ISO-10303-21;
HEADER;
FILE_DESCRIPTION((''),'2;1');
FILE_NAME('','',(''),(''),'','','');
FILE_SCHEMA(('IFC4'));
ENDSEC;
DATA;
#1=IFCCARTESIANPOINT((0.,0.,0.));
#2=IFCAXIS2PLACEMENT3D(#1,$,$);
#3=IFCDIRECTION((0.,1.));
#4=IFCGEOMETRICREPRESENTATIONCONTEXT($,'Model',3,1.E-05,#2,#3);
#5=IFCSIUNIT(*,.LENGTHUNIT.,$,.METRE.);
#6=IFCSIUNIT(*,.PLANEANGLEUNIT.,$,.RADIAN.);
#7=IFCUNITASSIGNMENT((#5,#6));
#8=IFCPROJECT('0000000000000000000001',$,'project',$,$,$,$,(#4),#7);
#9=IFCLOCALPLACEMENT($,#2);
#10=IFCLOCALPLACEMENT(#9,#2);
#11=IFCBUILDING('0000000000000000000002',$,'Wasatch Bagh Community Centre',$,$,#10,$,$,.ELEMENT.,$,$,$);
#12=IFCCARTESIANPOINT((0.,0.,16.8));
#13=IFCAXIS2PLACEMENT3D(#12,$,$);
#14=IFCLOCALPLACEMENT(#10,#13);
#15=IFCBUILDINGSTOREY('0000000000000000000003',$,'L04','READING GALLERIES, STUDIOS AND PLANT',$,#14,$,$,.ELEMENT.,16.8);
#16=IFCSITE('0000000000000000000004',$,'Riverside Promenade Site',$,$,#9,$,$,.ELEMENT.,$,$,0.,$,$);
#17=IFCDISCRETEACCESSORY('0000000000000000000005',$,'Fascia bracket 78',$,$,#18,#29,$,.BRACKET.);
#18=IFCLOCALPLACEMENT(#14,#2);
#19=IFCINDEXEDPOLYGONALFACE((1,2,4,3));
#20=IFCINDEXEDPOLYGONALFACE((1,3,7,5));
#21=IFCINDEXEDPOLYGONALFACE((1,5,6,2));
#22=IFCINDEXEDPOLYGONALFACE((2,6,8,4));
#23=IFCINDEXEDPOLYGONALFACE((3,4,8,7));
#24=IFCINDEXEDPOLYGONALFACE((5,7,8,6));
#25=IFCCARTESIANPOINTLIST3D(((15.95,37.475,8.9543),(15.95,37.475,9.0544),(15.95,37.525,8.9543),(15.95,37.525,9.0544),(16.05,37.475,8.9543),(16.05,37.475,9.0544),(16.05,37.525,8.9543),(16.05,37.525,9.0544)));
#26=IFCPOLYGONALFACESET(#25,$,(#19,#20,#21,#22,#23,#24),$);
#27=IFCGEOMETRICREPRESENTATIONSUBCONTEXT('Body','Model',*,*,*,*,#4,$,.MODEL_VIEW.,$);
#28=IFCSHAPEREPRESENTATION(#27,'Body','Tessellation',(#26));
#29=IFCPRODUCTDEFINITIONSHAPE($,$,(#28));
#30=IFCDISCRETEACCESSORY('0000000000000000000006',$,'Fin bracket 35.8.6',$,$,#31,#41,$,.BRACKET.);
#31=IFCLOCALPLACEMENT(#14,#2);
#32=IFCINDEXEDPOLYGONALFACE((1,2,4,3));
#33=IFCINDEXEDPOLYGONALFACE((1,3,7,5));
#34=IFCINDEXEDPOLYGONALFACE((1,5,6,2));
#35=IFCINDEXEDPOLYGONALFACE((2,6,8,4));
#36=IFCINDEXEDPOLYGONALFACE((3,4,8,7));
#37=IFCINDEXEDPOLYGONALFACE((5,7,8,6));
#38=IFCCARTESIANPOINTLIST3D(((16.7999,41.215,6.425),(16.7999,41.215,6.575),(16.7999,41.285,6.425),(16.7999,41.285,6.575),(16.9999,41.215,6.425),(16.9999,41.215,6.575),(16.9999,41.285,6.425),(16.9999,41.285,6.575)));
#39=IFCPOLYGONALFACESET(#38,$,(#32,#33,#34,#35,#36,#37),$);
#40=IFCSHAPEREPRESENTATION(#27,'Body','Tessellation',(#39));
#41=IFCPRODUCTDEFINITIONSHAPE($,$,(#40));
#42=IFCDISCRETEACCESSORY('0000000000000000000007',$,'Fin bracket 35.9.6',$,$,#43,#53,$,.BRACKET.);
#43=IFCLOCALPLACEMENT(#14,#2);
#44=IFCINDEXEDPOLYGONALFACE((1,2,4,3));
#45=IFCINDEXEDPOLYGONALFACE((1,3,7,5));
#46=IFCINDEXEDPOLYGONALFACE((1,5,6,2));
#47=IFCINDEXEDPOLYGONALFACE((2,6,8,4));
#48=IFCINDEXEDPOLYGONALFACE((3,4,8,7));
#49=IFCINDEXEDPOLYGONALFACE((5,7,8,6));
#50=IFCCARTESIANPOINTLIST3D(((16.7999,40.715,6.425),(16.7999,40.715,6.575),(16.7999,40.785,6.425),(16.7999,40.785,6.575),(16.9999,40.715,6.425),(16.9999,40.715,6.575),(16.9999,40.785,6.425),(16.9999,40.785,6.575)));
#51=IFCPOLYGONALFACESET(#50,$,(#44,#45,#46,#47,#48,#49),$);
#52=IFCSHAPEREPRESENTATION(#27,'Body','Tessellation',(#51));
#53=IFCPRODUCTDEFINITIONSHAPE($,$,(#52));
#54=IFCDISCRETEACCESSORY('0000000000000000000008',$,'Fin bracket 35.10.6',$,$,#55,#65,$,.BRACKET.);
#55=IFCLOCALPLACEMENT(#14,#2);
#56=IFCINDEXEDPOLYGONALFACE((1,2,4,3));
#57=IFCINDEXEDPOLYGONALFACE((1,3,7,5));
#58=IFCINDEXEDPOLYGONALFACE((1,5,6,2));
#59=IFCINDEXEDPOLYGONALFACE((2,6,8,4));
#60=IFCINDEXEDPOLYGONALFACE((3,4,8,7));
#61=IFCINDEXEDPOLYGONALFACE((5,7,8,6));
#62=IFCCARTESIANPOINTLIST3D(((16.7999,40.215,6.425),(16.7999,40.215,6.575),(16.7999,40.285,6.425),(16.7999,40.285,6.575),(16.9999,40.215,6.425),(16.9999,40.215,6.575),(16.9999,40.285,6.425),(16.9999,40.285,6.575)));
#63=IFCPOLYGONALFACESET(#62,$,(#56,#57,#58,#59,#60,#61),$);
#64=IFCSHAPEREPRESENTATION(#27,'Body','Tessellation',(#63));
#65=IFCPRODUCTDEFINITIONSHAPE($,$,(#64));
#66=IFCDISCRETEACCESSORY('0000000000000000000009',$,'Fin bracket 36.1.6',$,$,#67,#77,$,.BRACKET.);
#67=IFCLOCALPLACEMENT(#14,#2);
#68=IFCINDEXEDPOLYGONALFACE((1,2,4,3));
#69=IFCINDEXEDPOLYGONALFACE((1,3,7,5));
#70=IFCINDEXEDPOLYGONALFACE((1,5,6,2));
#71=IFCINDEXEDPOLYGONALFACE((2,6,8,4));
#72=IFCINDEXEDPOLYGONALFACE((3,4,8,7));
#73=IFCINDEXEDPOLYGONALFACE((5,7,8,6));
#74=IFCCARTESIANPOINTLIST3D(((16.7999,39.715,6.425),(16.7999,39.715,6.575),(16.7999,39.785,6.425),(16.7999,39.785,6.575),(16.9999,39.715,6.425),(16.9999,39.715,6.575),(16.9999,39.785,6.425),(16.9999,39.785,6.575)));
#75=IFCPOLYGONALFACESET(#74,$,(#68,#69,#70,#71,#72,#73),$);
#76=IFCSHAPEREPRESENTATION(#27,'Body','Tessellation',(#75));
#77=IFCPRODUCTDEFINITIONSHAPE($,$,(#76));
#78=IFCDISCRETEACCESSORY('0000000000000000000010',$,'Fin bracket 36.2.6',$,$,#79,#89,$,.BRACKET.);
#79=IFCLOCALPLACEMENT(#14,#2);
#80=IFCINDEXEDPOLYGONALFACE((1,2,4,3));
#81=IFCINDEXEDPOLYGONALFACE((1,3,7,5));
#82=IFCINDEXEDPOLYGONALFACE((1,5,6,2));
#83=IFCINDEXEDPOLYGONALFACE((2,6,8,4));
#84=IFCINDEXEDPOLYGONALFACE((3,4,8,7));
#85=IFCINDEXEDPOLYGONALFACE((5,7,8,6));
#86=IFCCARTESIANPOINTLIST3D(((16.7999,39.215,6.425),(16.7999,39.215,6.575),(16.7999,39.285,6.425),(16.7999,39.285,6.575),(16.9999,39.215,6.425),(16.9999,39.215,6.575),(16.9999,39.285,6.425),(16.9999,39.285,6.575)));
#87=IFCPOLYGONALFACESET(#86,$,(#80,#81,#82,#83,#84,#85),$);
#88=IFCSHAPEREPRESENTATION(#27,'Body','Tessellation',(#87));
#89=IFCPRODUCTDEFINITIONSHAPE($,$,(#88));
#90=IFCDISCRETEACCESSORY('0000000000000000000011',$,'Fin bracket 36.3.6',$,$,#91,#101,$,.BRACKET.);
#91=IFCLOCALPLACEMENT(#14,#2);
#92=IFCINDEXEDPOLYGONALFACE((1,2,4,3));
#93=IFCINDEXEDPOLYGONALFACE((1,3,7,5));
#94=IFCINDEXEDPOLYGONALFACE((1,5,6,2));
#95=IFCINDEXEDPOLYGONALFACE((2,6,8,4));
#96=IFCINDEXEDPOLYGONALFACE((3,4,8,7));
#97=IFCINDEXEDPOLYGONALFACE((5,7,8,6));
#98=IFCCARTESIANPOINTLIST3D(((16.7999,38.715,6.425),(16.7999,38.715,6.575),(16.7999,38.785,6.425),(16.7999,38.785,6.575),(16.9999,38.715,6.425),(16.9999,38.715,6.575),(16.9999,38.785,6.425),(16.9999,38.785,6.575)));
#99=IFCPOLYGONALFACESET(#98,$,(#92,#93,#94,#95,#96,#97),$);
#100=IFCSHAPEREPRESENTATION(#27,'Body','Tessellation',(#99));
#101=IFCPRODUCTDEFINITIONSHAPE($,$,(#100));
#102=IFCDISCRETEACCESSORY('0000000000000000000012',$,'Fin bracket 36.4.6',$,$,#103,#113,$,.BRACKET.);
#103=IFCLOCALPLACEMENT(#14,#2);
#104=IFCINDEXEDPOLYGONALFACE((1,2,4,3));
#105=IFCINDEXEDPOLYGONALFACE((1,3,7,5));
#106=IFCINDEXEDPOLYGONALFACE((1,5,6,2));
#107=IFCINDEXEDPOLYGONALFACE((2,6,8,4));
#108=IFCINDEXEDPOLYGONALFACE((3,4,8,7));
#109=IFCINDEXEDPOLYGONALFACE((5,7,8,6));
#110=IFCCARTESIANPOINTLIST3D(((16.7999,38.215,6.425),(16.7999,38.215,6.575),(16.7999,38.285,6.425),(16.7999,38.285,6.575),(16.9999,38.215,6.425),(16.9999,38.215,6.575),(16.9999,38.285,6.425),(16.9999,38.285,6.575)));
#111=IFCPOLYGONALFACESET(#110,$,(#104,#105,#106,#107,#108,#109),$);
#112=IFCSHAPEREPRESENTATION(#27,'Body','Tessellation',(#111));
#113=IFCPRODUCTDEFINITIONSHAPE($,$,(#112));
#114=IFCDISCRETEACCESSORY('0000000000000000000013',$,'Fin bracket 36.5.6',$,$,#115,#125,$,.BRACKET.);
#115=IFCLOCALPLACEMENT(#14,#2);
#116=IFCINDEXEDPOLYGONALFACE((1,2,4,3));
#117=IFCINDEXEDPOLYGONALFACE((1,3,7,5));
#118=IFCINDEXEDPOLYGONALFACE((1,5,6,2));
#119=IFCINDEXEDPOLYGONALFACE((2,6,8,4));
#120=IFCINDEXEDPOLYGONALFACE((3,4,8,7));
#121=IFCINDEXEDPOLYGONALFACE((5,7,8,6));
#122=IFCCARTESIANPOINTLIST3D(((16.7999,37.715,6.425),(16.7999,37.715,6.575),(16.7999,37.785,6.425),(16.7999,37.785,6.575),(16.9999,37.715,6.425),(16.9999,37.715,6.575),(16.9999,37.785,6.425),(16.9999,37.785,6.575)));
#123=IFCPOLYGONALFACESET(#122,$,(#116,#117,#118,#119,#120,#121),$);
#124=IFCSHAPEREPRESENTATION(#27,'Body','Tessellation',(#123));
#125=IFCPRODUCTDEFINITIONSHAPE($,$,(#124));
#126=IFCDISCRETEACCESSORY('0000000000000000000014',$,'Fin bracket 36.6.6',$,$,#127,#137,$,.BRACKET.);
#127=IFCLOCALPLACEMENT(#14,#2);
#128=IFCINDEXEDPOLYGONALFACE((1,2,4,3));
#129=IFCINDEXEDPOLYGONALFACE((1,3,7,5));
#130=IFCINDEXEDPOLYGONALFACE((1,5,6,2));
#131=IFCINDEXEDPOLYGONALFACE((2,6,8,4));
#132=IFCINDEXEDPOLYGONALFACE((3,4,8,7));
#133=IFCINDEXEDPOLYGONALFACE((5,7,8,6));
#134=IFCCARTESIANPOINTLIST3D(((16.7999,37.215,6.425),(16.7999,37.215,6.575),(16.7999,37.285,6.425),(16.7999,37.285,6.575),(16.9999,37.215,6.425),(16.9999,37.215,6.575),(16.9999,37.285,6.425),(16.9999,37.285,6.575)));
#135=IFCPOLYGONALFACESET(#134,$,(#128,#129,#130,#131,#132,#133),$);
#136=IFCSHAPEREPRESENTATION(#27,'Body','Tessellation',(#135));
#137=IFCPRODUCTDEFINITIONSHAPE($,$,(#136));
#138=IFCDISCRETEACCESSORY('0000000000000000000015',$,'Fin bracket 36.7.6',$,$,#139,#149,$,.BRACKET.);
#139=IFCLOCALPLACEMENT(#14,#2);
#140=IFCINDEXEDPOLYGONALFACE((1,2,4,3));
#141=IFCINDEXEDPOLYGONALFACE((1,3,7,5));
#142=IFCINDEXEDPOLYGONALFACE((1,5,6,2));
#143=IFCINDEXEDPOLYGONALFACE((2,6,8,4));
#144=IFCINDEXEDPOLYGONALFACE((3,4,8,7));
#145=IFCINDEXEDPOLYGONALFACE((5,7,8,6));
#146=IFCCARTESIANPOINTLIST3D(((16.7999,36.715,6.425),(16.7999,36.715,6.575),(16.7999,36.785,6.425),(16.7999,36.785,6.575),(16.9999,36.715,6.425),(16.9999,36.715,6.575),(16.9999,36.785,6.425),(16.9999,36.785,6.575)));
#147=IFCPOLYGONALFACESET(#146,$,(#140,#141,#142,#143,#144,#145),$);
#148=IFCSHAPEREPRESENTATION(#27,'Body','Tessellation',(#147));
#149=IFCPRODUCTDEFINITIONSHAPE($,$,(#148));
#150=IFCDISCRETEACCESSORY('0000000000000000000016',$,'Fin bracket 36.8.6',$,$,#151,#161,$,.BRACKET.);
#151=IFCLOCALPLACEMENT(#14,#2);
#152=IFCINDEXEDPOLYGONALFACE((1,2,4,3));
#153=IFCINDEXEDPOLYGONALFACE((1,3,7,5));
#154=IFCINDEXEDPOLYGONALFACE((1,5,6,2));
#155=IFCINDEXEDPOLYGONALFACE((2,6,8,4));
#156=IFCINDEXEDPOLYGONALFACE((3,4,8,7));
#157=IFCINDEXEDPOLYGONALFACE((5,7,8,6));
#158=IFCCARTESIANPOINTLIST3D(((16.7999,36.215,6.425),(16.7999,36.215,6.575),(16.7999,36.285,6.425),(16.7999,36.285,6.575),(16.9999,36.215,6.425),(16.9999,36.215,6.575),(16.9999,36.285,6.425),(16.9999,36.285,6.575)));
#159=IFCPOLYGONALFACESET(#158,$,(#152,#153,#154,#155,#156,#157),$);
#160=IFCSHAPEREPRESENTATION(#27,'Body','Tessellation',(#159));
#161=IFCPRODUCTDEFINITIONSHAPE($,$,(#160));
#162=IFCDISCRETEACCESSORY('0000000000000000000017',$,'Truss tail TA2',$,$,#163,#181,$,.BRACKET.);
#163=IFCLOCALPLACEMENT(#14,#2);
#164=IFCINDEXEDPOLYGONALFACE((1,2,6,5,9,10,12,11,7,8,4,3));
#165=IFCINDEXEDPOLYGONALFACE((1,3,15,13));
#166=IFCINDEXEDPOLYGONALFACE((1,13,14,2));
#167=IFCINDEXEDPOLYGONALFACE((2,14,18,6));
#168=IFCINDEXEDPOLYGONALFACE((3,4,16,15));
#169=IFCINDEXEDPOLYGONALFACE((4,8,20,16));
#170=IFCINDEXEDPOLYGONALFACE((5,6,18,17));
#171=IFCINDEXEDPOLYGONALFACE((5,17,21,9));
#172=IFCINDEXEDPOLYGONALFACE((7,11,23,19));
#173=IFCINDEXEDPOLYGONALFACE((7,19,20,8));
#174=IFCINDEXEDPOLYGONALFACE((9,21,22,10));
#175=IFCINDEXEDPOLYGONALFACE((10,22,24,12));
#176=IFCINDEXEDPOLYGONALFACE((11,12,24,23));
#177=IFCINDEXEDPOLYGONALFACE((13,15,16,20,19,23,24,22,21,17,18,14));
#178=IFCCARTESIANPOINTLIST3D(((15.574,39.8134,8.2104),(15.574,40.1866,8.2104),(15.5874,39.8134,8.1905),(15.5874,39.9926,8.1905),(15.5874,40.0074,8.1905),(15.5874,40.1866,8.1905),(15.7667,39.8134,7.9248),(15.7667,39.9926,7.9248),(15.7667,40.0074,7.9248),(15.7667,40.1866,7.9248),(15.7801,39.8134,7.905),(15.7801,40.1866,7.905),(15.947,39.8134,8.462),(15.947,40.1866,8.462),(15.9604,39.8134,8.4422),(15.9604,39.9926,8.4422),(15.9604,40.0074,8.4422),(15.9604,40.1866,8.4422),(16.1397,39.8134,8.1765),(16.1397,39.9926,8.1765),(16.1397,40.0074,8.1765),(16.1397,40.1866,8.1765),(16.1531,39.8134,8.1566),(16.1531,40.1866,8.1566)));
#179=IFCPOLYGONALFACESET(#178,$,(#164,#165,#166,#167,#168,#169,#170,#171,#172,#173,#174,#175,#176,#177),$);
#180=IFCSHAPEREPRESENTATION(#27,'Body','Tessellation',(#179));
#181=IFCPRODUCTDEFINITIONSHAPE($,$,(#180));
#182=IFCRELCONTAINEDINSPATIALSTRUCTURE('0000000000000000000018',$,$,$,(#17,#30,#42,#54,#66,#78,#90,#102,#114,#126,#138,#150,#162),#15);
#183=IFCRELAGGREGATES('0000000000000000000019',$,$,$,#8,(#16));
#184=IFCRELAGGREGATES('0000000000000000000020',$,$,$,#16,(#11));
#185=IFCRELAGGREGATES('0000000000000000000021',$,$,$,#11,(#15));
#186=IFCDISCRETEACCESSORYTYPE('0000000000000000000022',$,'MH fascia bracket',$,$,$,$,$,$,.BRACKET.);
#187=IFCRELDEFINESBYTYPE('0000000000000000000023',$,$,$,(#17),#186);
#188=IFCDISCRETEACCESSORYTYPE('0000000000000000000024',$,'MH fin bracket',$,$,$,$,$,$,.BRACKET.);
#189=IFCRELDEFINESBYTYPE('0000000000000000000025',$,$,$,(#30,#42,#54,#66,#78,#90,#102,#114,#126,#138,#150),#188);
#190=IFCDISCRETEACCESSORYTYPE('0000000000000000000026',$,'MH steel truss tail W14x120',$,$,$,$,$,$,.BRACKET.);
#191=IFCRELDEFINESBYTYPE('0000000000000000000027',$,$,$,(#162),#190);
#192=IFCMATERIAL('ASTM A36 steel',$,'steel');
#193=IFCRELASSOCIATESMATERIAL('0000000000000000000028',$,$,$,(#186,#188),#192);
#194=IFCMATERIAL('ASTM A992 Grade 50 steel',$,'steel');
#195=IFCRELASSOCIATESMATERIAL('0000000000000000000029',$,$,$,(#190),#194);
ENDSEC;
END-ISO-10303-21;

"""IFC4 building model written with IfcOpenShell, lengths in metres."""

from ifc_helpers import new_model, si_unit, direction, frame, origin, origin_2d, place, context, subcontext, project, spatial, rectangle, i_section, extrude, material, material_profile, profile_set, type_object, element, save


model = new_model("IFC4")

# Units and contexts
model_context = context("Model", 3, precision=1e-05, world=origin(), true_north=direction((0.0, 1.0)))
body_context = subcontext(model_context, "Body", "Model", "MODEL_VIEW")
ifc_project = project(units=[si_unit("LENGTHUNIT", "METRE"), si_unit("PLANEANGLEUNIT", "RADIAN")], contexts=[model_context])

# Site, building, storey
site_placement = place(None, origin())
site = spatial("IfcSite", under=ifc_project, at=site_placement, Name="Riverside Promenade Site", CompositionType="ELEMENT", RefElevation=0.0)
building_placement = place(site_placement, origin())
building = spatial("IfcBuilding", under=site, at=building_placement, Name="Wasatch Bagh Community Centre", CompositionType="ELEMENT")
storey_placement = place(building_placement, frame((0.0, 0.0, 16.8)))
storey = spatial("IfcBuildingStorey", under=building, at=storey_placement, Name="L04", Description="READING GALLERIES, STUDIOS AND PLANT", CompositionType="ELEMENT", Elevation=16.8)

# Shared definitions
ifc_material_1 = material(Name="ASTM A992 Grade 50 steel", Category="steel")

# Discrete accessories
ifc_material_2 = material(Name="ASTM A36 steel", Category="steel")
discrete_accessory_type_1 = type_object("IfcDiscreteAccessoryType", Name="MH fascia bracket", PredefinedType="BRACKET", material=ifc_material_2)
discrete_accessory_1_placement = place(storey_placement, frame((16.0, 37.5, 8.9543), z_axis=(0.0, 0.0, 1.0), x_axis=(-1.0, 0.0, 0.0)))
element("IfcDiscreteAccessory", 1, at=discrete_accessory_1_placement, inside=storey, type_object=discrete_accessory_type_1, Name="Fascia bracket 78", PredefinedType="BRACKET", context=body_context, shape_type="SweptSolid", body=[
    extrude(rectangle(XDim=0.1001, YDim=0.05, at=origin_2d()), origin(), (0.0, 0.0, 1.0), 0.1001),
])
discrete_accessory_type_2 = type_object("IfcDiscreteAccessoryType", Name="MH fin bracket", PredefinedType="BRACKET", material=ifc_material_2)
for number, where, z_axis, x_axis, name in (
    (2, (16.8999, 41.25, 6.425), (0.0, 0.0, 1.0), (0.0, -1.0, 0.0), "Fin bracket 35.8.6"),
    (3, (16.8999, 40.75, 6.425), (0.0, 0.0, 1.0), (0.0, -1.0, 0.0), "Fin bracket 35.9.6"),
    (4, (16.8999, 40.25, 6.425), (0.0, 0.0, 1.0), (0.0, -1.0, 0.0), "Fin bracket 35.10.6"),
    (5, (16.8999, 39.75, 6.425), (0.0, 0.0, 1.0), (0.0, -1.0, 0.0), "Fin bracket 36.1.6"),
    (6, (16.8999, 39.25, 6.425), (0.0, 0.0, 1.0), (0.0, -1.0, 0.0), "Fin bracket 36.2.6"),
    (7, (16.8999, 38.75, 6.425), (0.0, 0.0, 1.0), (0.0, -1.0, 0.0), "Fin bracket 36.3.6"),
    (8, (16.8999, 38.25, 6.425), (0.0, 0.0, 1.0), (0.0, -1.0, 0.0), "Fin bracket 36.4.6"),
    (9, (16.8999, 37.75, 6.425), (0.0, 0.0, 1.0), (0.0, -1.0, 0.0), "Fin bracket 36.5.6"),
    (10, (16.8999, 37.25, 6.425), (0.0, 0.0, 1.0), (0.0, -1.0, 0.0), "Fin bracket 36.6.6"),
    (11, (16.8999, 36.75, 6.425), (0.0, 0.0, 1.0), (0.0, -1.0, 0.0), "Fin bracket 36.7.6"),
    (12, (16.8999, 36.25, 6.425), (0.0, 0.0, 1.0), (0.0, -1.0, 0.0), "Fin bracket 36.8.6"),
):
    element("IfcDiscreteAccessory", number, at=place(storey_placement, frame(where, z_axis=z_axis, x_axis=x_axis)), inside=storey, type_object=discrete_accessory_type_2, Name=name, PredefinedType="BRACKET", context=body_context, shape_type="SweptSolid", body=[
        extrude(rectangle(XDim=0.0701, YDim=0.2, at=origin_2d()), origin(), (0.0, 0.0, 1.0), 0.1499),
    ])
ifc_material_profile_1 = material_profile(ifc_material_1, i_section(OverallWidth=0.3733, OverallDepth=0.3684, WebThickness=0.0149, FlangeThickness=0.0239, at=origin_2d()), Name="W14x120")
ifc_profile_set_1 = profile_set([ifc_material_profile_1], Name="ASTM A992 Grade 50 steel")
discrete_accessory_type_3 = type_object("IfcDiscreteAccessoryType", Name="MH steel truss tail W14x120", PredefinedType="BRACKET", material=ifc_profile_set_1)
discrete_accessory_2_placement = place(storey_placement, frame((16.05, 40.0, 8.3093), z_axis=(-0.828949, 0.0, -0.559324), x_axis=(0.0, -1.0, 0.0)))
element("IfcDiscreteAccessory", 13, at=discrete_accessory_2_placement, inside=storey, type_object=discrete_accessory_type_3, Name="Truss tail TA2", PredefinedType="BRACKET", context=body_context, shape_type="SweptSolid", body=[
    extrude(i_section(OverallWidth=0.3733, OverallDepth=0.3684, WebThickness=0.0149, FlangeThickness=0.0239, at=origin_2d()), origin(), (0.0, 0.0, 1.0), 0.45),
])

save(model, "model.ifc")
